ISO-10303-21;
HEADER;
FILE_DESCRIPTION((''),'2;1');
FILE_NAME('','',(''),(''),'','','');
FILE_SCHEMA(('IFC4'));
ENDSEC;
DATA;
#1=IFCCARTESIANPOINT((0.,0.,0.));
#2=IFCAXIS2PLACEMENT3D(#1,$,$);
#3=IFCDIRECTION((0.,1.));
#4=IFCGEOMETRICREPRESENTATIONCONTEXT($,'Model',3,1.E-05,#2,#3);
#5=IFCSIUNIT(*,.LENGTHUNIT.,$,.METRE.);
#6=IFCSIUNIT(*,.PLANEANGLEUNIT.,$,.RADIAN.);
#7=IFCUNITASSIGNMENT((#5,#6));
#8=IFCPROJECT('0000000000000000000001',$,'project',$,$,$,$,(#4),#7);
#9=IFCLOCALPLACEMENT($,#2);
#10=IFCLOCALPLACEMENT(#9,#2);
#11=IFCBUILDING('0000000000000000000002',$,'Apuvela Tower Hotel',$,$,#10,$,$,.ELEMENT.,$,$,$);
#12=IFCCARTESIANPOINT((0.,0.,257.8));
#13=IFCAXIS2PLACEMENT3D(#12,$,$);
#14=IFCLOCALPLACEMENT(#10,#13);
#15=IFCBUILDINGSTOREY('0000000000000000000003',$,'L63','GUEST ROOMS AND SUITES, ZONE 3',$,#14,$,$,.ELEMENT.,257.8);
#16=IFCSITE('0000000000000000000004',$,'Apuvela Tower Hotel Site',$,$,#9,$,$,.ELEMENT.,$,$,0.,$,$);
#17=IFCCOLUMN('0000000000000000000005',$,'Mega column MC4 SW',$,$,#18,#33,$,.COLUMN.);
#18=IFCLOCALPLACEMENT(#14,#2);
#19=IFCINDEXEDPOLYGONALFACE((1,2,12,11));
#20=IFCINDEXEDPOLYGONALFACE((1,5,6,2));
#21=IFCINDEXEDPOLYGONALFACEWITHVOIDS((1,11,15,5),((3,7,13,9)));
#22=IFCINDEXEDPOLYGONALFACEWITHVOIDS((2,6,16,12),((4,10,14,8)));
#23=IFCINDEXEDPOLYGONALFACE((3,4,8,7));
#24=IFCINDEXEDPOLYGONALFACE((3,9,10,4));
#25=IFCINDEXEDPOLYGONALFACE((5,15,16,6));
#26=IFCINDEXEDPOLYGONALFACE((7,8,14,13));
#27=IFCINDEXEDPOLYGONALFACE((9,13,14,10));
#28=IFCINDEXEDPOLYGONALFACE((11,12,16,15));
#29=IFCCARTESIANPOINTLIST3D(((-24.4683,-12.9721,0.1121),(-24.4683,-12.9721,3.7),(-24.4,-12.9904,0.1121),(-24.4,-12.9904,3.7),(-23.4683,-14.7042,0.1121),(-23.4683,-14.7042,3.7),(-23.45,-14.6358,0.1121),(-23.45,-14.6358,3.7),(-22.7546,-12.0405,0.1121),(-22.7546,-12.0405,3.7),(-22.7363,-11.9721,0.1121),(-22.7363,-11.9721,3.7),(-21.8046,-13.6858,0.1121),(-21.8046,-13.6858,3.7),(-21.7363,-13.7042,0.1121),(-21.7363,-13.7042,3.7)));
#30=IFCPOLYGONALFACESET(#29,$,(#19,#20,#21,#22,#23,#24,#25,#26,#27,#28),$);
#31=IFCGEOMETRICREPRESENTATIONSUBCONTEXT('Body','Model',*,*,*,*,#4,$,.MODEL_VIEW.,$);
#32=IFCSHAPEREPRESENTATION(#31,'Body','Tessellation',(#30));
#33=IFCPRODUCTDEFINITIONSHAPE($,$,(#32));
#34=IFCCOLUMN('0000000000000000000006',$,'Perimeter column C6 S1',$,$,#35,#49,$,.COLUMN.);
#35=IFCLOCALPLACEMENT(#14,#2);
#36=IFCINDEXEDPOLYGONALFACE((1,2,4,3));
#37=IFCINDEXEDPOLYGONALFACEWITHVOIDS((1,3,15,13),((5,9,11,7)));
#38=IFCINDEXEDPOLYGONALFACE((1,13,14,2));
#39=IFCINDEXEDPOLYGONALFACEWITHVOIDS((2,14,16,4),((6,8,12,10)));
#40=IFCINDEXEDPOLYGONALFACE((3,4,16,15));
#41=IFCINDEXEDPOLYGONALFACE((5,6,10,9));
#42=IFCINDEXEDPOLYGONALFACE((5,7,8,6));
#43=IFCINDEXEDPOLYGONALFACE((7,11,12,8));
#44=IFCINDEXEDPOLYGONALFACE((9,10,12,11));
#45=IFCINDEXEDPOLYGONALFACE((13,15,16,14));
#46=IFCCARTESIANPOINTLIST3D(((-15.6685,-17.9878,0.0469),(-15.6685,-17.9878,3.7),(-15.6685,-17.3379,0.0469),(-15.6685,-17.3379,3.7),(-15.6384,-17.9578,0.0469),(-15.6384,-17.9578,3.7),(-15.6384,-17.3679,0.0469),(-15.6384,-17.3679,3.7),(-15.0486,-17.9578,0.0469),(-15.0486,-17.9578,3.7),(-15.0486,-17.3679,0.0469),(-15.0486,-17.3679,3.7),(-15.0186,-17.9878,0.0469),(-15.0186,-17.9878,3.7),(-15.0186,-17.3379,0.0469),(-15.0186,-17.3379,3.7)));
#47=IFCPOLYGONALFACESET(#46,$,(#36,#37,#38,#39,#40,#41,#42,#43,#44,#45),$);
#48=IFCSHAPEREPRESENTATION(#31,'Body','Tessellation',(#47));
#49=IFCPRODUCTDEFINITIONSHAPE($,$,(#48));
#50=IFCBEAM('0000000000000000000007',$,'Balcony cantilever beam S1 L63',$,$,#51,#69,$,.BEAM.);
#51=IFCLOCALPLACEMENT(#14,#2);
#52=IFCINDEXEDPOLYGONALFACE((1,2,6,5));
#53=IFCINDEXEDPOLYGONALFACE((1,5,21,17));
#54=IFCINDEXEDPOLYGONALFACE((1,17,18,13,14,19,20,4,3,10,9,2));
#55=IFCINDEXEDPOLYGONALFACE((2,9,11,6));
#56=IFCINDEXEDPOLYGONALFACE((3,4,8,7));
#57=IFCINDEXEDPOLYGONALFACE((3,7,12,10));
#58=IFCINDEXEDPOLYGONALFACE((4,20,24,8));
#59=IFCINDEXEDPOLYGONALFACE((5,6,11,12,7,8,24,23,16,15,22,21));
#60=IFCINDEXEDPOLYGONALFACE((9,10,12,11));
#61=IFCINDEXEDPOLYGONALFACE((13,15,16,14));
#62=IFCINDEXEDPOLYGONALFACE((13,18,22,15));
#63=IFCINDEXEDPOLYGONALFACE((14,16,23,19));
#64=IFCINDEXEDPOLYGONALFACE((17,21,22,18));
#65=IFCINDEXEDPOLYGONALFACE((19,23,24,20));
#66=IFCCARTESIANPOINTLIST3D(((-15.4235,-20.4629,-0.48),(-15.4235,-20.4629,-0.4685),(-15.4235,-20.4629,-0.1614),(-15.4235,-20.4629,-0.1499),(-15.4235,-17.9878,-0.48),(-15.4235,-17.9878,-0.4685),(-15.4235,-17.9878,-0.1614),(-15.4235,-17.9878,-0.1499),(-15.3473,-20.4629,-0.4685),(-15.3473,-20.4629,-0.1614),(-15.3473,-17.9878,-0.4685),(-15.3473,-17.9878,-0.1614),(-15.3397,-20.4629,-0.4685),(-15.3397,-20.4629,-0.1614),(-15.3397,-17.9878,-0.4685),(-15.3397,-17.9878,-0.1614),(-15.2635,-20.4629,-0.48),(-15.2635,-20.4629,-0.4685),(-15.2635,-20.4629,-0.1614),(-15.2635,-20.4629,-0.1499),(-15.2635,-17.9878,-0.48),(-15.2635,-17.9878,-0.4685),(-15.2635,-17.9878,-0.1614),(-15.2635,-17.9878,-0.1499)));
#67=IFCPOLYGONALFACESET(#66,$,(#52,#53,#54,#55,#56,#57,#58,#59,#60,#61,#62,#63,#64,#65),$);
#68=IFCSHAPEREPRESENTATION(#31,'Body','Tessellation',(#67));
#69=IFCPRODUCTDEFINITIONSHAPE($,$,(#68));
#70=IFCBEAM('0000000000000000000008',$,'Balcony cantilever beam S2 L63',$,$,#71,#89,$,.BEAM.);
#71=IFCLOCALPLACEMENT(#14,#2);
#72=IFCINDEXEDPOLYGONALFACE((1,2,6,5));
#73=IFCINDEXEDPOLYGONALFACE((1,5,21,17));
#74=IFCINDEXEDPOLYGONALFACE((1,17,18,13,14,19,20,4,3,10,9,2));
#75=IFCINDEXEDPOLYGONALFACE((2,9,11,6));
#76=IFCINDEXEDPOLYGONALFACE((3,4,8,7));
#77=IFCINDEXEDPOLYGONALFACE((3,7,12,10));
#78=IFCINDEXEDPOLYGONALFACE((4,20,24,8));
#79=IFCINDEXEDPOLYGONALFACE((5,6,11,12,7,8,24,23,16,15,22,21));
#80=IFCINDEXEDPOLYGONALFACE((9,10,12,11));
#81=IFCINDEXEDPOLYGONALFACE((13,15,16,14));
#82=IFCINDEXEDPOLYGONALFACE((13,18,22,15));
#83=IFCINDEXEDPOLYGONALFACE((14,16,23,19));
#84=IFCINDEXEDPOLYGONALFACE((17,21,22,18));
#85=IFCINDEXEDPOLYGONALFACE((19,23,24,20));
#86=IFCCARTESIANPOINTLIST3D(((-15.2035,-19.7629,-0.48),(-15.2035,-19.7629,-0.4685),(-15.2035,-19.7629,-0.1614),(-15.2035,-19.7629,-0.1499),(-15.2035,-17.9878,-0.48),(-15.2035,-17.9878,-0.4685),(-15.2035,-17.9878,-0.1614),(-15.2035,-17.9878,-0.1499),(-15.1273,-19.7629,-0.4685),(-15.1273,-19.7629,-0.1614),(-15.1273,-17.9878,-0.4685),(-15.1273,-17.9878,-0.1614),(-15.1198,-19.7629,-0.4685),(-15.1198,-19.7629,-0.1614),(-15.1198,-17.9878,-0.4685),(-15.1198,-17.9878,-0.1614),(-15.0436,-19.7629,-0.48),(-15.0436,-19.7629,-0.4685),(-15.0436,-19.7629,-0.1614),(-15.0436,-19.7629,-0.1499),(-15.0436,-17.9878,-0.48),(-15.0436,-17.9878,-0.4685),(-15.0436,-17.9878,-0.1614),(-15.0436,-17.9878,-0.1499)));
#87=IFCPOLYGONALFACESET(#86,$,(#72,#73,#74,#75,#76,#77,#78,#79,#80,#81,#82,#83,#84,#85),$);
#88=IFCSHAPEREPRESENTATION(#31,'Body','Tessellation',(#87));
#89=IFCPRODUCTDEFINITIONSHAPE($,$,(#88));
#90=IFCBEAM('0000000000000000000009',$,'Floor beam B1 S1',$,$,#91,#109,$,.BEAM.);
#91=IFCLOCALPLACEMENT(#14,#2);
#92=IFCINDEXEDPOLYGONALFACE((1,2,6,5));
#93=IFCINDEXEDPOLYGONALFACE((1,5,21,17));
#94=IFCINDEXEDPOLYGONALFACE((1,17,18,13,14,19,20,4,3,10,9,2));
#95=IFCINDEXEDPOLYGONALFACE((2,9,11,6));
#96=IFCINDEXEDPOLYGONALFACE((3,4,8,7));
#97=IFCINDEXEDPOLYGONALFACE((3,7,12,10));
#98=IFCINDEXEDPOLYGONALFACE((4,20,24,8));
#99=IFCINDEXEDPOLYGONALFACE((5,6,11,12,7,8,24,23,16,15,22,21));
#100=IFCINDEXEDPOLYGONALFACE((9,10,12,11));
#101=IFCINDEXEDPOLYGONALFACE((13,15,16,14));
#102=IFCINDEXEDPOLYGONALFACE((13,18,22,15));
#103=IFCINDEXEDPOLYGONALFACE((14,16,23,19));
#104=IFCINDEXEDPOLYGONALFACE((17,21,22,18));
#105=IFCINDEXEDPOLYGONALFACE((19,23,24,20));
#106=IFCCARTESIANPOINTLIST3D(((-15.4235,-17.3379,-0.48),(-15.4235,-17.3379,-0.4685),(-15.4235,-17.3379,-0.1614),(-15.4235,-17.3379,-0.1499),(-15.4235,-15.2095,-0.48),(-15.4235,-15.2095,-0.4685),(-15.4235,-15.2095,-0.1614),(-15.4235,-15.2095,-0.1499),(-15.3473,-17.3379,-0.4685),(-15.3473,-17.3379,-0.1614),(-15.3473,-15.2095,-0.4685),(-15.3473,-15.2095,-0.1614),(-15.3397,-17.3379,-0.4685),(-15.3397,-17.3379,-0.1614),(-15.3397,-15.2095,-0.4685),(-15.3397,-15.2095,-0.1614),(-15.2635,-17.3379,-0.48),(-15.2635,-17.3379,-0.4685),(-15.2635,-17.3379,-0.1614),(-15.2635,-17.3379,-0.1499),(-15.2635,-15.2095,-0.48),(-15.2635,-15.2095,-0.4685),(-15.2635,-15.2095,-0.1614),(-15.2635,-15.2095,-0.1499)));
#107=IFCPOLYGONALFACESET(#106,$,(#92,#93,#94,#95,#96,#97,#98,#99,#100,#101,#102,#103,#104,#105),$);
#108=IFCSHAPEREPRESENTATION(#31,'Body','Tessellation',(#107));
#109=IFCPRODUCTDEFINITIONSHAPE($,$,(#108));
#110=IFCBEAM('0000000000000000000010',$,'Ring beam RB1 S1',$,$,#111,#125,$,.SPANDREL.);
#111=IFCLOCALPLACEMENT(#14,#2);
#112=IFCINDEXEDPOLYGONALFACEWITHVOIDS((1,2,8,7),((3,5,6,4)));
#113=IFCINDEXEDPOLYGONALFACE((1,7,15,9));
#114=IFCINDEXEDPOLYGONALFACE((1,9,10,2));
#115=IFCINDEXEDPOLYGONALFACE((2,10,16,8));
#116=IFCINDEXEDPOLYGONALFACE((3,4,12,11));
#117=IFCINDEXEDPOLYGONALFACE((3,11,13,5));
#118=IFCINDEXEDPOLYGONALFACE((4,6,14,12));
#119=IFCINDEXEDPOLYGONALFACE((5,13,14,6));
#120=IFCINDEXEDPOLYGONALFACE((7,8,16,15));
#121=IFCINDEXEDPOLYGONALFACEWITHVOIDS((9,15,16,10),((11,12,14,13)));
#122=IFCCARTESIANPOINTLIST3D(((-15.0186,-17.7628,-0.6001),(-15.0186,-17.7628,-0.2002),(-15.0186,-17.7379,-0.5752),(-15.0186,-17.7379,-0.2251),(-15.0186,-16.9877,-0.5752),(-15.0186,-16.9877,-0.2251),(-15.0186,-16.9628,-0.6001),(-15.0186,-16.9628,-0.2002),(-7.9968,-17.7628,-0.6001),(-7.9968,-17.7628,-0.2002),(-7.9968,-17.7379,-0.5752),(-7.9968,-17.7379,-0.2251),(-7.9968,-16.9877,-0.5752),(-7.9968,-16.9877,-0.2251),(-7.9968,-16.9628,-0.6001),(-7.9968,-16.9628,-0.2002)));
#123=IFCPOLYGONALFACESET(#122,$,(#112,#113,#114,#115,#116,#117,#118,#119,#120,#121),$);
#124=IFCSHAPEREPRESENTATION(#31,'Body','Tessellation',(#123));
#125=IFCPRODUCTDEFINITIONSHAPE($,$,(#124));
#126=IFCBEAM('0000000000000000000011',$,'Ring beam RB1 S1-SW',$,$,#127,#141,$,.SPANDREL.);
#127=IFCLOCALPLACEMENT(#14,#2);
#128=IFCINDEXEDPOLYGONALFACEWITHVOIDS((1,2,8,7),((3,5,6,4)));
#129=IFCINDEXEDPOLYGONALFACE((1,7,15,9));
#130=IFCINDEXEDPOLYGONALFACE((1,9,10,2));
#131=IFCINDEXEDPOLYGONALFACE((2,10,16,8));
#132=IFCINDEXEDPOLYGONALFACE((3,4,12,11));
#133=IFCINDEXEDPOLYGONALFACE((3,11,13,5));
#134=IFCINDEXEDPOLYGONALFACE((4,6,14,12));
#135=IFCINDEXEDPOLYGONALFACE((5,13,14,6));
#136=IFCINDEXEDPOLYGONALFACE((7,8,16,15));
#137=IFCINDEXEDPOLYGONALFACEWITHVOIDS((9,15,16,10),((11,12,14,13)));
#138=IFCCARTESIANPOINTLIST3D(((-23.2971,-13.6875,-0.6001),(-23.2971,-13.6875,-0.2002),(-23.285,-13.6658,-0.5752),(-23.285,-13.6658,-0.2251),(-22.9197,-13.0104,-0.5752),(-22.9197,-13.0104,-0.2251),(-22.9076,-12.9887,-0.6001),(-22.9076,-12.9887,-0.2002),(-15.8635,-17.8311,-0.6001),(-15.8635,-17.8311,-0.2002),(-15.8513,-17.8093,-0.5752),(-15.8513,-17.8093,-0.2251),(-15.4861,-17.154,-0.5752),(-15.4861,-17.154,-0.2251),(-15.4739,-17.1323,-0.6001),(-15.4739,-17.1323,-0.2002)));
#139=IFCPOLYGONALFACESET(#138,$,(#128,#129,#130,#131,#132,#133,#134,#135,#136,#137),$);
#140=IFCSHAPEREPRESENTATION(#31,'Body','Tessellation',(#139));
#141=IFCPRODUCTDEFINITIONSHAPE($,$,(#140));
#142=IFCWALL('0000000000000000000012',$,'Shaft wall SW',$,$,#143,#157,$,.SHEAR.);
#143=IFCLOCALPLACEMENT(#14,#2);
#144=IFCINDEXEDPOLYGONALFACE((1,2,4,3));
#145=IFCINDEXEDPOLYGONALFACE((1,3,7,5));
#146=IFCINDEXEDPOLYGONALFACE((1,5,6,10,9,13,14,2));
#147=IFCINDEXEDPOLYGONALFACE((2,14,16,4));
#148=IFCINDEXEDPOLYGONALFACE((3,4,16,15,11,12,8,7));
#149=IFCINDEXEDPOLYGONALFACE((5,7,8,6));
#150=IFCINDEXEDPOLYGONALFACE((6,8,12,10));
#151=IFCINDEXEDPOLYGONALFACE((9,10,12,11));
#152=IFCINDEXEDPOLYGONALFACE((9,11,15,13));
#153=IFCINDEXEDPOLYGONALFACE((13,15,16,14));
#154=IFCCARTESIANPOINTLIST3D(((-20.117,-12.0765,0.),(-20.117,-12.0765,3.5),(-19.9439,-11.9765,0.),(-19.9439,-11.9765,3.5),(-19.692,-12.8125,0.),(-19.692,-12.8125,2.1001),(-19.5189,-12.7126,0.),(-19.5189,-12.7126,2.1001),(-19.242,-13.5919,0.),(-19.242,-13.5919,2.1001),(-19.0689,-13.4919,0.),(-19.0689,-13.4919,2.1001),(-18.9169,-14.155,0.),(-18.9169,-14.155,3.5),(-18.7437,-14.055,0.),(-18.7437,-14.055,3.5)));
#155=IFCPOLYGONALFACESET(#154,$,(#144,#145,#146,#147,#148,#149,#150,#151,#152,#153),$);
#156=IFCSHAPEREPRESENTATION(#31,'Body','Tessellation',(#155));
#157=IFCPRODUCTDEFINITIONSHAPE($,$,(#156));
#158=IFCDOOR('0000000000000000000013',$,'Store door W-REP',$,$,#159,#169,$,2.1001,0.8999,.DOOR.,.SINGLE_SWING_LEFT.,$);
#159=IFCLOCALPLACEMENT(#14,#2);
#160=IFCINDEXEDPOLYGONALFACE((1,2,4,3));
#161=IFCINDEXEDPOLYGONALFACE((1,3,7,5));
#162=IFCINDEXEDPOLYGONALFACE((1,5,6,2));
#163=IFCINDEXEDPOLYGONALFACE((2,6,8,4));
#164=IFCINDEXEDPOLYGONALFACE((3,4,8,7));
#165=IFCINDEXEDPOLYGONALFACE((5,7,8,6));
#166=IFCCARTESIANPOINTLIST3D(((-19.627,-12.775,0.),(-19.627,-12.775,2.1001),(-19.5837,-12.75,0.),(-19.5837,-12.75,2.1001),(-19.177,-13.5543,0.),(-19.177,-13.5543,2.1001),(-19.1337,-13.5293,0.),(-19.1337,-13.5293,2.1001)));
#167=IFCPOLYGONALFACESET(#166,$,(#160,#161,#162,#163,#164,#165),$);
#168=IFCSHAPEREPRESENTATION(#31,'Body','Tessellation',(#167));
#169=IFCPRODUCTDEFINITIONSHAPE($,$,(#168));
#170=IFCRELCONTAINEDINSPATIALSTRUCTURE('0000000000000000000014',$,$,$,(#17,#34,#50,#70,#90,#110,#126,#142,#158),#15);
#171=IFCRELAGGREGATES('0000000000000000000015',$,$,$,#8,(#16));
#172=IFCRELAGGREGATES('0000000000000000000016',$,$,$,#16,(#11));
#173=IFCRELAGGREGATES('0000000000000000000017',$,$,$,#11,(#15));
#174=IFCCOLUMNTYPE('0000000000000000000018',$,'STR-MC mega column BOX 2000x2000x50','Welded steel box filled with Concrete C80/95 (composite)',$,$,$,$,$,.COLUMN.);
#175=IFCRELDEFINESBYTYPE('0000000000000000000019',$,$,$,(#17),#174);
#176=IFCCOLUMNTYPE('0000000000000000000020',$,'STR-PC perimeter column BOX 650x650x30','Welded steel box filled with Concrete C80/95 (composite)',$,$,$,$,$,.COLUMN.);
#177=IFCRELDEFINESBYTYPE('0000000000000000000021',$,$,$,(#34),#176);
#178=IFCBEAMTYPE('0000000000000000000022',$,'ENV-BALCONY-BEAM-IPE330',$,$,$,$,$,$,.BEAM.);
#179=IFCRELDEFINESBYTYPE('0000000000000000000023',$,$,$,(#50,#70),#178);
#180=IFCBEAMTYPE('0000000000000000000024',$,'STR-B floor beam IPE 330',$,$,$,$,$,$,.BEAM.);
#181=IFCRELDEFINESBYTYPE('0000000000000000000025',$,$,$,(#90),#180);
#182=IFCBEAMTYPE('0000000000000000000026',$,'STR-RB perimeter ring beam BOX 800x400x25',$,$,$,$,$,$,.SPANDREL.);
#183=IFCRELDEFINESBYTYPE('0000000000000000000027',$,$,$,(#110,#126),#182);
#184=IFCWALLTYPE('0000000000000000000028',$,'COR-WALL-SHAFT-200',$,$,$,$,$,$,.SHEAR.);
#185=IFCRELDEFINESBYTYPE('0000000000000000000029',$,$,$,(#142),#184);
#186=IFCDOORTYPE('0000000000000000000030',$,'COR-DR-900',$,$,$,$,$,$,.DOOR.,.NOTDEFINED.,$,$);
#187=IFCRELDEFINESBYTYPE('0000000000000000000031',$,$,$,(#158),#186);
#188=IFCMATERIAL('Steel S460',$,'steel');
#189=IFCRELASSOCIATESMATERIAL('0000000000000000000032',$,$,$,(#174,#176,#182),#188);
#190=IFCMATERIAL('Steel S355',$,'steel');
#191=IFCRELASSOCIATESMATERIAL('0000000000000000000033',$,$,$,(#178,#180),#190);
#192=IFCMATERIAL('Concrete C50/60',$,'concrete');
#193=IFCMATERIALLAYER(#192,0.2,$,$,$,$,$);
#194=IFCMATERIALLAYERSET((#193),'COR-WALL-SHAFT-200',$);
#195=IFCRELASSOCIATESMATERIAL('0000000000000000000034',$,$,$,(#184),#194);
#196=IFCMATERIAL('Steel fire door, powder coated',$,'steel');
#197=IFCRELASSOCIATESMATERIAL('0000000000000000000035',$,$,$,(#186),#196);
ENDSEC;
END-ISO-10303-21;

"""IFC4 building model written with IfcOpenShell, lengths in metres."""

from ifc_helpers import new_model, si_unit, direction, frame, frame_2d, origin, origin_2d, place, context, subcontext, project, spatial, rectangle, hollow_rectangle, i_section, extrude, boolean, halfspace, material, layer, layer_set, material_profile, profile_set, type_object, element, fill, save


model = new_model("IFC4")

# Units and contexts
model_context = context("Model", 3, precision=1e-05, world=origin(), true_north=direction((0.0, 1.0)))
body_context = subcontext(model_context, "Body", "Model", "MODEL_VIEW")
ifc_project = project(units=[si_unit("LENGTHUNIT", "METRE"), si_unit("PLANEANGLEUNIT", "RADIAN")], contexts=[model_context])

# Site, building, storey
site_placement = place(None, origin())
site = spatial("IfcSite", under=ifc_project, at=site_placement, Name="Apuvela Tower Hotel Site", CompositionType="ELEMENT", RefElevation=0.0)
building_placement = place(site_placement, origin())
building = spatial("IfcBuilding", under=site, at=building_placement, Name="Apuvela Tower Hotel", CompositionType="ELEMENT")
storey_placement = place(building_placement, frame((0.0, 0.0, 257.8)))
storey = spatial("IfcBuildingStorey", under=building, at=storey_placement, Name="L63", Description="GUEST ROOMS AND SUITES, ZONE 3", CompositionType="ELEMENT", Elevation=257.8)

# Columns
ifc_material_1 = material(Name="Steel S460", Category="steel")
ifc_material_profile_1 = material_profile(ifc_material_1, hollow_rectangle(XDim=2.0, YDim=2.0, WallThickness=0.05, at=origin_2d()), Name="BOX 2000x2000x50")
ifc_material_2 = material(Name="Concrete C80/95", Category="concrete")
ifc_material_profile_2 = material_profile(ifc_material_2, rectangle(XDim=1.8999, YDim=1.8999, at=origin_2d()), Name="Concrete C80/95 infill")
ifc_profile_set_1 = profile_set([ifc_material_profile_1, ifc_material_profile_2], Name="Steel S460")
column_type_1 = type_object("IfcColumnType", Name="STR-MC mega column BOX 2000x2000x50", Description="Welded steel box filled with Concrete C80/95 (composite)", PredefinedType="COLUMN", material=ifc_profile_set_1)
column_1_placement = place(storey_placement, frame((-23.1023, -13.3381, 0.0), z_axis=(0.0, 0.0, 1.0), x_axis=(-0.5, 0.866025, 0.0)))
element("IfcColumn", 1, at=column_1_placement, inside=storey, type_object=column_type_1, Name="Mega column MC4 SW", PredefinedType="COLUMN", context=body_context, shape_type="SweptSolid", body=[
    boolean("DIFFERENCE", extrude(hollow_rectangle(XDim=2.0, YDim=2.0, WallThickness=0.05, at=origin_2d()), origin(), (0.0, 0.0, 1.0), 3.7), halfspace(frame((0.0, 0.0, 0.1121), z_axis=(0.0, 0.0, 1.0), x_axis=(1.0, 0.0, 0.0)), True)),
])
ifc_material_profile_3 = material_profile(ifc_material_1, hollow_rectangle(XDim=0.6499, YDim=0.6499, WallThickness=0.03, at=origin_2d()), Name="BOX 650x650x30")
ifc_material_profile_4 = material_profile(ifc_material_2, rectangle(XDim=0.5901, YDim=0.5901, at=origin_2d()), Name="Concrete C80/95 infill")
ifc_profile_set_2 = profile_set([ifc_material_profile_3, ifc_material_profile_4], Name="Steel S460")
column_type_2 = type_object("IfcColumnType", Name="STR-PC perimeter column BOX 650x650x30", Description="Welded steel box filled with Concrete C80/95 (composite)", PredefinedType="COLUMN", material=ifc_profile_set_2)
column_2_placement = place(storey_placement, frame((-15.3435, -17.6628, 0.0), z_axis=(0.0, 0.0, 1.0), x_axis=(-1.0, 0.0, 0.0)))
element("IfcColumn", 2, at=column_2_placement, inside=storey, type_object=column_type_2, Name="Perimeter column C6 S1", PredefinedType="COLUMN", context=body_context, shape_type="SweptSolid", body=[
    boolean("DIFFERENCE", extrude(hollow_rectangle(XDim=0.6499, YDim=0.6499, WallThickness=0.03, at=origin_2d()), origin(), (0.0, 0.0, 1.0), 3.7), halfspace(frame((0.0, 0.0, 0.0469), z_axis=(0.0, 0.0, 1.0), x_axis=(1.0, 0.0, 0.0)), True)),
])

# Beams
ifc_material_3 = material(Name="Steel S355", Category="steel")
ifc_material_profile_5 = material_profile(ifc_material_3, i_section(OverallWidth=0.1599, OverallDepth=0.3301, WebThickness=0.0076, FlangeThickness=0.0115, at=origin_2d()), Name="IPE 330")
ifc_profile_set_3 = profile_set([ifc_material_profile_5], Name="Steel S355")
beam_type_1 = type_object("IfcBeamType", Name="ENV-BALCONY-BEAM-IPE330", PredefinedType="BEAM", material=ifc_profile_set_3)
beam_1_placement = place(storey_placement, frame((-15.3435, -17.9878, -0.3149), z_axis=(0.0, -1.0, 0.0), x_axis=(1.0, 0.0, 0.0)))
element("IfcBeam", 3, at=beam_1_placement, inside=storey, type_object=beam_type_1, Name="Balcony cantilever beam S1 L63", PredefinedType="BEAM", context=body_context, shape_type="SweptSolid", body=[
    extrude(i_section(OverallWidth=0.1599, OverallDepth=0.3301, WebThickness=0.0076, FlangeThickness=0.0115, at=origin_2d()), origin(), (0.0, 0.0, 1.0), 2.4751),
])
beam_2_placement = place(storey_placement, frame((-15.1235, -17.9878, -0.3149), z_axis=(0.0, -1.0, 0.0), x_axis=(1.0, 0.0, 0.0)))
element("IfcBeam", 4, at=beam_2_placement, inside=storey, type_object=beam_type_1, Name="Balcony cantilever beam S2 L63", PredefinedType="BEAM", context=body_context, shape_type="SweptSolid", body=[
    extrude(i_section(OverallWidth=0.1599, OverallDepth=0.3301, WebThickness=0.0076, FlangeThickness=0.0115, at=origin_2d()), origin(), (0.0, 0.0, 1.0), 1.7751),
])
ifc_material_profile_6 = material_profile(ifc_material_3, i_section(OverallWidth=0.1599, OverallDepth=0.3301, WebThickness=0.0076, FlangeThickness=0.0115, at=origin_2d()), Name="IPE 330")
ifc_profile_set_4 = profile_set([ifc_material_profile_6], Name="Steel S355")
beam_type_2 = type_object("IfcBeamType", Name="STR-B floor beam IPE 330", PredefinedType="BEAM", material=ifc_profile_set_4)
beam_3_placement = place(storey_placement, frame((-15.3435, -17.3379, -0.3149), z_axis=(0.0, 1.0, 0.0), x_axis=(-1.0, 0.0, 0.0)))
element("IfcBeam", 5, at=beam_3_placement, inside=storey, type_object=beam_type_2, Name="Floor beam B1 S1", PredefinedType="BEAM", context=body_context, shape_type="SweptSolid", body=[
    extrude(i_section(OverallWidth=0.1599, OverallDepth=0.3301, WebThickness=0.0076, FlangeThickness=0.0115, at=origin_2d()), origin(), (0.0, 0.0, 1.0), 2.1284),
])
ifc_material_profile_7 = material_profile(ifc_material_1, hollow_rectangle(XDim=0.8, YDim=0.3999, WallThickness=0.0249, at=origin_2d()), Name="BOX 800x400x25")
ifc_profile_set_5 = profile_set([ifc_material_profile_7], Name="Steel S460")
beam_type_3 = type_object("IfcBeamType", Name="STR-RB perimeter ring beam BOX 800x400x25", PredefinedType="SPANDREL", material=ifc_profile_set_5)
beam_4_placement = place(storey_placement, frame((-15.0186, -17.3628, -0.4001), z_axis=(1.0, 0.0, 0.0), x_axis=(0.0, 1.0, 0.0)))
element("IfcBeam", 6, at=beam_4_placement, inside=storey, type_object=beam_type_3, Name="Ring beam RB1 S1", PredefinedType="SPANDREL", context=body_context, shape_type="SweptSolid", body=[
    extrude(hollow_rectangle(XDim=0.8, YDim=0.3999, WallThickness=0.0249, at=origin_2d()), origin(), (0.0, 0.0, 1.0), 7.0217),
])
beam_5_placement = place(storey_placement, frame((-15.6687, -17.4817, -0.4001), z_axis=(-0.873469, 0.48688, 0.0), x_axis=(-0.48688, -0.873469, 0.0)))
element("IfcBeam", 7, at=beam_5_placement, inside=storey, type_object=beam_type_3, Name="Ring beam RB1 S1-SW", PredefinedType="SPANDREL", context=body_context, shape_type="SweptSolid", body=[
    extrude(hollow_rectangle(XDim=0.8, YDim=0.3999, WallThickness=0.0249, at=origin_2d()), origin(), (0.0, 0.0, 1.0), 8.5105),
])

# Wall, opening, door
ifc_material_4 = material(Name="Concrete C50/60", Category="concrete")
ifc_layer_1 = layer(ifc_material_4, 0.2)
ifc_layer_set_1 = layer_set([ifc_layer_1], Name="COR-WALL-SHAFT-200")
wall_type_1 = type_object("IfcWallType", Name="COR-WALL-SHAFT-200", PredefinedType="SHEAR", material=ifc_layer_set_1)
wall_1_placement = place(storey_placement, frame((-20.0305, -12.0264, 0.0), z_axis=(0.0, 0.0, 1.0), x_axis=(0.500034, -0.866006, 0.0)))
wall_1 = element("IfcWall", 8, at=wall_1_placement, inside=storey, type_object=wall_type_1, Name="Shaft wall SW", PredefinedType="SHEAR", context=body_context, shape_type="SweptSolid", body=[
    extrude(rectangle(XDim=2.4001, YDim=0.2, at=frame_2d((1.2002, 0.0))), origin(), (0.0, 0.0, 1.0), 3.5),
])
opening_1_placement = place(wall_1_placement, frame((0.8501, 0.0, 0.0)))
opening_1 = element("IfcOpeningElement", 9, at=opening_1_placement, cuts=wall_1, PredefinedType="OPENING", context=body_context, shape_type="SweptSolid", body=[
    extrude(rectangle(XDim=0.8999, YDim=2.1001, at=frame_2d((0.45, 1.05))), frame((0.0, 0.1099, 0.0), z_axis=(0.0, -1.0, 0.0), x_axis=(1.0, 0.0, 0.0)), (0.0, 0.0, 1.0), 0.22),
])
ifc_material_5 = material(Name="Steel fire door, powder coated", Category="steel")
door_type_1 = type_object("IfcDoorType", Name="COR-DR-900", OperationType="NOTDEFINED", PredefinedType="DOOR", material=ifc_material_5)
door_1_placement = place(opening_1_placement, frame((0.8999, 0.0, 0.0), z_axis=(0.0, 0.0, 1.0), x_axis=(-1.0, 0.0, 0.0)))
door_1 = element("IfcDoor", 10, at=door_1_placement, inside=storey, type_object=door_type_1, Name="Store door W-REP", OperationType="SINGLE_SWING_LEFT", OverallHeight=2.1001, OverallWidth=0.8999, PredefinedType="DOOR", context=body_context, shape_type="SweptSolid", body=[
    extrude(rectangle(XDim=0.8999, YDim=2.1001, at=frame_2d((0.45, 1.05))), frame((0.0, 0.0249, 0.0), z_axis=(0.0, -1.0, 0.0), x_axis=(1.0, 0.0, 0.0)), (0.0, 0.0, 1.0), 0.05),
])
fill(opening_1, door_1)

save(model, "model.ifc")
